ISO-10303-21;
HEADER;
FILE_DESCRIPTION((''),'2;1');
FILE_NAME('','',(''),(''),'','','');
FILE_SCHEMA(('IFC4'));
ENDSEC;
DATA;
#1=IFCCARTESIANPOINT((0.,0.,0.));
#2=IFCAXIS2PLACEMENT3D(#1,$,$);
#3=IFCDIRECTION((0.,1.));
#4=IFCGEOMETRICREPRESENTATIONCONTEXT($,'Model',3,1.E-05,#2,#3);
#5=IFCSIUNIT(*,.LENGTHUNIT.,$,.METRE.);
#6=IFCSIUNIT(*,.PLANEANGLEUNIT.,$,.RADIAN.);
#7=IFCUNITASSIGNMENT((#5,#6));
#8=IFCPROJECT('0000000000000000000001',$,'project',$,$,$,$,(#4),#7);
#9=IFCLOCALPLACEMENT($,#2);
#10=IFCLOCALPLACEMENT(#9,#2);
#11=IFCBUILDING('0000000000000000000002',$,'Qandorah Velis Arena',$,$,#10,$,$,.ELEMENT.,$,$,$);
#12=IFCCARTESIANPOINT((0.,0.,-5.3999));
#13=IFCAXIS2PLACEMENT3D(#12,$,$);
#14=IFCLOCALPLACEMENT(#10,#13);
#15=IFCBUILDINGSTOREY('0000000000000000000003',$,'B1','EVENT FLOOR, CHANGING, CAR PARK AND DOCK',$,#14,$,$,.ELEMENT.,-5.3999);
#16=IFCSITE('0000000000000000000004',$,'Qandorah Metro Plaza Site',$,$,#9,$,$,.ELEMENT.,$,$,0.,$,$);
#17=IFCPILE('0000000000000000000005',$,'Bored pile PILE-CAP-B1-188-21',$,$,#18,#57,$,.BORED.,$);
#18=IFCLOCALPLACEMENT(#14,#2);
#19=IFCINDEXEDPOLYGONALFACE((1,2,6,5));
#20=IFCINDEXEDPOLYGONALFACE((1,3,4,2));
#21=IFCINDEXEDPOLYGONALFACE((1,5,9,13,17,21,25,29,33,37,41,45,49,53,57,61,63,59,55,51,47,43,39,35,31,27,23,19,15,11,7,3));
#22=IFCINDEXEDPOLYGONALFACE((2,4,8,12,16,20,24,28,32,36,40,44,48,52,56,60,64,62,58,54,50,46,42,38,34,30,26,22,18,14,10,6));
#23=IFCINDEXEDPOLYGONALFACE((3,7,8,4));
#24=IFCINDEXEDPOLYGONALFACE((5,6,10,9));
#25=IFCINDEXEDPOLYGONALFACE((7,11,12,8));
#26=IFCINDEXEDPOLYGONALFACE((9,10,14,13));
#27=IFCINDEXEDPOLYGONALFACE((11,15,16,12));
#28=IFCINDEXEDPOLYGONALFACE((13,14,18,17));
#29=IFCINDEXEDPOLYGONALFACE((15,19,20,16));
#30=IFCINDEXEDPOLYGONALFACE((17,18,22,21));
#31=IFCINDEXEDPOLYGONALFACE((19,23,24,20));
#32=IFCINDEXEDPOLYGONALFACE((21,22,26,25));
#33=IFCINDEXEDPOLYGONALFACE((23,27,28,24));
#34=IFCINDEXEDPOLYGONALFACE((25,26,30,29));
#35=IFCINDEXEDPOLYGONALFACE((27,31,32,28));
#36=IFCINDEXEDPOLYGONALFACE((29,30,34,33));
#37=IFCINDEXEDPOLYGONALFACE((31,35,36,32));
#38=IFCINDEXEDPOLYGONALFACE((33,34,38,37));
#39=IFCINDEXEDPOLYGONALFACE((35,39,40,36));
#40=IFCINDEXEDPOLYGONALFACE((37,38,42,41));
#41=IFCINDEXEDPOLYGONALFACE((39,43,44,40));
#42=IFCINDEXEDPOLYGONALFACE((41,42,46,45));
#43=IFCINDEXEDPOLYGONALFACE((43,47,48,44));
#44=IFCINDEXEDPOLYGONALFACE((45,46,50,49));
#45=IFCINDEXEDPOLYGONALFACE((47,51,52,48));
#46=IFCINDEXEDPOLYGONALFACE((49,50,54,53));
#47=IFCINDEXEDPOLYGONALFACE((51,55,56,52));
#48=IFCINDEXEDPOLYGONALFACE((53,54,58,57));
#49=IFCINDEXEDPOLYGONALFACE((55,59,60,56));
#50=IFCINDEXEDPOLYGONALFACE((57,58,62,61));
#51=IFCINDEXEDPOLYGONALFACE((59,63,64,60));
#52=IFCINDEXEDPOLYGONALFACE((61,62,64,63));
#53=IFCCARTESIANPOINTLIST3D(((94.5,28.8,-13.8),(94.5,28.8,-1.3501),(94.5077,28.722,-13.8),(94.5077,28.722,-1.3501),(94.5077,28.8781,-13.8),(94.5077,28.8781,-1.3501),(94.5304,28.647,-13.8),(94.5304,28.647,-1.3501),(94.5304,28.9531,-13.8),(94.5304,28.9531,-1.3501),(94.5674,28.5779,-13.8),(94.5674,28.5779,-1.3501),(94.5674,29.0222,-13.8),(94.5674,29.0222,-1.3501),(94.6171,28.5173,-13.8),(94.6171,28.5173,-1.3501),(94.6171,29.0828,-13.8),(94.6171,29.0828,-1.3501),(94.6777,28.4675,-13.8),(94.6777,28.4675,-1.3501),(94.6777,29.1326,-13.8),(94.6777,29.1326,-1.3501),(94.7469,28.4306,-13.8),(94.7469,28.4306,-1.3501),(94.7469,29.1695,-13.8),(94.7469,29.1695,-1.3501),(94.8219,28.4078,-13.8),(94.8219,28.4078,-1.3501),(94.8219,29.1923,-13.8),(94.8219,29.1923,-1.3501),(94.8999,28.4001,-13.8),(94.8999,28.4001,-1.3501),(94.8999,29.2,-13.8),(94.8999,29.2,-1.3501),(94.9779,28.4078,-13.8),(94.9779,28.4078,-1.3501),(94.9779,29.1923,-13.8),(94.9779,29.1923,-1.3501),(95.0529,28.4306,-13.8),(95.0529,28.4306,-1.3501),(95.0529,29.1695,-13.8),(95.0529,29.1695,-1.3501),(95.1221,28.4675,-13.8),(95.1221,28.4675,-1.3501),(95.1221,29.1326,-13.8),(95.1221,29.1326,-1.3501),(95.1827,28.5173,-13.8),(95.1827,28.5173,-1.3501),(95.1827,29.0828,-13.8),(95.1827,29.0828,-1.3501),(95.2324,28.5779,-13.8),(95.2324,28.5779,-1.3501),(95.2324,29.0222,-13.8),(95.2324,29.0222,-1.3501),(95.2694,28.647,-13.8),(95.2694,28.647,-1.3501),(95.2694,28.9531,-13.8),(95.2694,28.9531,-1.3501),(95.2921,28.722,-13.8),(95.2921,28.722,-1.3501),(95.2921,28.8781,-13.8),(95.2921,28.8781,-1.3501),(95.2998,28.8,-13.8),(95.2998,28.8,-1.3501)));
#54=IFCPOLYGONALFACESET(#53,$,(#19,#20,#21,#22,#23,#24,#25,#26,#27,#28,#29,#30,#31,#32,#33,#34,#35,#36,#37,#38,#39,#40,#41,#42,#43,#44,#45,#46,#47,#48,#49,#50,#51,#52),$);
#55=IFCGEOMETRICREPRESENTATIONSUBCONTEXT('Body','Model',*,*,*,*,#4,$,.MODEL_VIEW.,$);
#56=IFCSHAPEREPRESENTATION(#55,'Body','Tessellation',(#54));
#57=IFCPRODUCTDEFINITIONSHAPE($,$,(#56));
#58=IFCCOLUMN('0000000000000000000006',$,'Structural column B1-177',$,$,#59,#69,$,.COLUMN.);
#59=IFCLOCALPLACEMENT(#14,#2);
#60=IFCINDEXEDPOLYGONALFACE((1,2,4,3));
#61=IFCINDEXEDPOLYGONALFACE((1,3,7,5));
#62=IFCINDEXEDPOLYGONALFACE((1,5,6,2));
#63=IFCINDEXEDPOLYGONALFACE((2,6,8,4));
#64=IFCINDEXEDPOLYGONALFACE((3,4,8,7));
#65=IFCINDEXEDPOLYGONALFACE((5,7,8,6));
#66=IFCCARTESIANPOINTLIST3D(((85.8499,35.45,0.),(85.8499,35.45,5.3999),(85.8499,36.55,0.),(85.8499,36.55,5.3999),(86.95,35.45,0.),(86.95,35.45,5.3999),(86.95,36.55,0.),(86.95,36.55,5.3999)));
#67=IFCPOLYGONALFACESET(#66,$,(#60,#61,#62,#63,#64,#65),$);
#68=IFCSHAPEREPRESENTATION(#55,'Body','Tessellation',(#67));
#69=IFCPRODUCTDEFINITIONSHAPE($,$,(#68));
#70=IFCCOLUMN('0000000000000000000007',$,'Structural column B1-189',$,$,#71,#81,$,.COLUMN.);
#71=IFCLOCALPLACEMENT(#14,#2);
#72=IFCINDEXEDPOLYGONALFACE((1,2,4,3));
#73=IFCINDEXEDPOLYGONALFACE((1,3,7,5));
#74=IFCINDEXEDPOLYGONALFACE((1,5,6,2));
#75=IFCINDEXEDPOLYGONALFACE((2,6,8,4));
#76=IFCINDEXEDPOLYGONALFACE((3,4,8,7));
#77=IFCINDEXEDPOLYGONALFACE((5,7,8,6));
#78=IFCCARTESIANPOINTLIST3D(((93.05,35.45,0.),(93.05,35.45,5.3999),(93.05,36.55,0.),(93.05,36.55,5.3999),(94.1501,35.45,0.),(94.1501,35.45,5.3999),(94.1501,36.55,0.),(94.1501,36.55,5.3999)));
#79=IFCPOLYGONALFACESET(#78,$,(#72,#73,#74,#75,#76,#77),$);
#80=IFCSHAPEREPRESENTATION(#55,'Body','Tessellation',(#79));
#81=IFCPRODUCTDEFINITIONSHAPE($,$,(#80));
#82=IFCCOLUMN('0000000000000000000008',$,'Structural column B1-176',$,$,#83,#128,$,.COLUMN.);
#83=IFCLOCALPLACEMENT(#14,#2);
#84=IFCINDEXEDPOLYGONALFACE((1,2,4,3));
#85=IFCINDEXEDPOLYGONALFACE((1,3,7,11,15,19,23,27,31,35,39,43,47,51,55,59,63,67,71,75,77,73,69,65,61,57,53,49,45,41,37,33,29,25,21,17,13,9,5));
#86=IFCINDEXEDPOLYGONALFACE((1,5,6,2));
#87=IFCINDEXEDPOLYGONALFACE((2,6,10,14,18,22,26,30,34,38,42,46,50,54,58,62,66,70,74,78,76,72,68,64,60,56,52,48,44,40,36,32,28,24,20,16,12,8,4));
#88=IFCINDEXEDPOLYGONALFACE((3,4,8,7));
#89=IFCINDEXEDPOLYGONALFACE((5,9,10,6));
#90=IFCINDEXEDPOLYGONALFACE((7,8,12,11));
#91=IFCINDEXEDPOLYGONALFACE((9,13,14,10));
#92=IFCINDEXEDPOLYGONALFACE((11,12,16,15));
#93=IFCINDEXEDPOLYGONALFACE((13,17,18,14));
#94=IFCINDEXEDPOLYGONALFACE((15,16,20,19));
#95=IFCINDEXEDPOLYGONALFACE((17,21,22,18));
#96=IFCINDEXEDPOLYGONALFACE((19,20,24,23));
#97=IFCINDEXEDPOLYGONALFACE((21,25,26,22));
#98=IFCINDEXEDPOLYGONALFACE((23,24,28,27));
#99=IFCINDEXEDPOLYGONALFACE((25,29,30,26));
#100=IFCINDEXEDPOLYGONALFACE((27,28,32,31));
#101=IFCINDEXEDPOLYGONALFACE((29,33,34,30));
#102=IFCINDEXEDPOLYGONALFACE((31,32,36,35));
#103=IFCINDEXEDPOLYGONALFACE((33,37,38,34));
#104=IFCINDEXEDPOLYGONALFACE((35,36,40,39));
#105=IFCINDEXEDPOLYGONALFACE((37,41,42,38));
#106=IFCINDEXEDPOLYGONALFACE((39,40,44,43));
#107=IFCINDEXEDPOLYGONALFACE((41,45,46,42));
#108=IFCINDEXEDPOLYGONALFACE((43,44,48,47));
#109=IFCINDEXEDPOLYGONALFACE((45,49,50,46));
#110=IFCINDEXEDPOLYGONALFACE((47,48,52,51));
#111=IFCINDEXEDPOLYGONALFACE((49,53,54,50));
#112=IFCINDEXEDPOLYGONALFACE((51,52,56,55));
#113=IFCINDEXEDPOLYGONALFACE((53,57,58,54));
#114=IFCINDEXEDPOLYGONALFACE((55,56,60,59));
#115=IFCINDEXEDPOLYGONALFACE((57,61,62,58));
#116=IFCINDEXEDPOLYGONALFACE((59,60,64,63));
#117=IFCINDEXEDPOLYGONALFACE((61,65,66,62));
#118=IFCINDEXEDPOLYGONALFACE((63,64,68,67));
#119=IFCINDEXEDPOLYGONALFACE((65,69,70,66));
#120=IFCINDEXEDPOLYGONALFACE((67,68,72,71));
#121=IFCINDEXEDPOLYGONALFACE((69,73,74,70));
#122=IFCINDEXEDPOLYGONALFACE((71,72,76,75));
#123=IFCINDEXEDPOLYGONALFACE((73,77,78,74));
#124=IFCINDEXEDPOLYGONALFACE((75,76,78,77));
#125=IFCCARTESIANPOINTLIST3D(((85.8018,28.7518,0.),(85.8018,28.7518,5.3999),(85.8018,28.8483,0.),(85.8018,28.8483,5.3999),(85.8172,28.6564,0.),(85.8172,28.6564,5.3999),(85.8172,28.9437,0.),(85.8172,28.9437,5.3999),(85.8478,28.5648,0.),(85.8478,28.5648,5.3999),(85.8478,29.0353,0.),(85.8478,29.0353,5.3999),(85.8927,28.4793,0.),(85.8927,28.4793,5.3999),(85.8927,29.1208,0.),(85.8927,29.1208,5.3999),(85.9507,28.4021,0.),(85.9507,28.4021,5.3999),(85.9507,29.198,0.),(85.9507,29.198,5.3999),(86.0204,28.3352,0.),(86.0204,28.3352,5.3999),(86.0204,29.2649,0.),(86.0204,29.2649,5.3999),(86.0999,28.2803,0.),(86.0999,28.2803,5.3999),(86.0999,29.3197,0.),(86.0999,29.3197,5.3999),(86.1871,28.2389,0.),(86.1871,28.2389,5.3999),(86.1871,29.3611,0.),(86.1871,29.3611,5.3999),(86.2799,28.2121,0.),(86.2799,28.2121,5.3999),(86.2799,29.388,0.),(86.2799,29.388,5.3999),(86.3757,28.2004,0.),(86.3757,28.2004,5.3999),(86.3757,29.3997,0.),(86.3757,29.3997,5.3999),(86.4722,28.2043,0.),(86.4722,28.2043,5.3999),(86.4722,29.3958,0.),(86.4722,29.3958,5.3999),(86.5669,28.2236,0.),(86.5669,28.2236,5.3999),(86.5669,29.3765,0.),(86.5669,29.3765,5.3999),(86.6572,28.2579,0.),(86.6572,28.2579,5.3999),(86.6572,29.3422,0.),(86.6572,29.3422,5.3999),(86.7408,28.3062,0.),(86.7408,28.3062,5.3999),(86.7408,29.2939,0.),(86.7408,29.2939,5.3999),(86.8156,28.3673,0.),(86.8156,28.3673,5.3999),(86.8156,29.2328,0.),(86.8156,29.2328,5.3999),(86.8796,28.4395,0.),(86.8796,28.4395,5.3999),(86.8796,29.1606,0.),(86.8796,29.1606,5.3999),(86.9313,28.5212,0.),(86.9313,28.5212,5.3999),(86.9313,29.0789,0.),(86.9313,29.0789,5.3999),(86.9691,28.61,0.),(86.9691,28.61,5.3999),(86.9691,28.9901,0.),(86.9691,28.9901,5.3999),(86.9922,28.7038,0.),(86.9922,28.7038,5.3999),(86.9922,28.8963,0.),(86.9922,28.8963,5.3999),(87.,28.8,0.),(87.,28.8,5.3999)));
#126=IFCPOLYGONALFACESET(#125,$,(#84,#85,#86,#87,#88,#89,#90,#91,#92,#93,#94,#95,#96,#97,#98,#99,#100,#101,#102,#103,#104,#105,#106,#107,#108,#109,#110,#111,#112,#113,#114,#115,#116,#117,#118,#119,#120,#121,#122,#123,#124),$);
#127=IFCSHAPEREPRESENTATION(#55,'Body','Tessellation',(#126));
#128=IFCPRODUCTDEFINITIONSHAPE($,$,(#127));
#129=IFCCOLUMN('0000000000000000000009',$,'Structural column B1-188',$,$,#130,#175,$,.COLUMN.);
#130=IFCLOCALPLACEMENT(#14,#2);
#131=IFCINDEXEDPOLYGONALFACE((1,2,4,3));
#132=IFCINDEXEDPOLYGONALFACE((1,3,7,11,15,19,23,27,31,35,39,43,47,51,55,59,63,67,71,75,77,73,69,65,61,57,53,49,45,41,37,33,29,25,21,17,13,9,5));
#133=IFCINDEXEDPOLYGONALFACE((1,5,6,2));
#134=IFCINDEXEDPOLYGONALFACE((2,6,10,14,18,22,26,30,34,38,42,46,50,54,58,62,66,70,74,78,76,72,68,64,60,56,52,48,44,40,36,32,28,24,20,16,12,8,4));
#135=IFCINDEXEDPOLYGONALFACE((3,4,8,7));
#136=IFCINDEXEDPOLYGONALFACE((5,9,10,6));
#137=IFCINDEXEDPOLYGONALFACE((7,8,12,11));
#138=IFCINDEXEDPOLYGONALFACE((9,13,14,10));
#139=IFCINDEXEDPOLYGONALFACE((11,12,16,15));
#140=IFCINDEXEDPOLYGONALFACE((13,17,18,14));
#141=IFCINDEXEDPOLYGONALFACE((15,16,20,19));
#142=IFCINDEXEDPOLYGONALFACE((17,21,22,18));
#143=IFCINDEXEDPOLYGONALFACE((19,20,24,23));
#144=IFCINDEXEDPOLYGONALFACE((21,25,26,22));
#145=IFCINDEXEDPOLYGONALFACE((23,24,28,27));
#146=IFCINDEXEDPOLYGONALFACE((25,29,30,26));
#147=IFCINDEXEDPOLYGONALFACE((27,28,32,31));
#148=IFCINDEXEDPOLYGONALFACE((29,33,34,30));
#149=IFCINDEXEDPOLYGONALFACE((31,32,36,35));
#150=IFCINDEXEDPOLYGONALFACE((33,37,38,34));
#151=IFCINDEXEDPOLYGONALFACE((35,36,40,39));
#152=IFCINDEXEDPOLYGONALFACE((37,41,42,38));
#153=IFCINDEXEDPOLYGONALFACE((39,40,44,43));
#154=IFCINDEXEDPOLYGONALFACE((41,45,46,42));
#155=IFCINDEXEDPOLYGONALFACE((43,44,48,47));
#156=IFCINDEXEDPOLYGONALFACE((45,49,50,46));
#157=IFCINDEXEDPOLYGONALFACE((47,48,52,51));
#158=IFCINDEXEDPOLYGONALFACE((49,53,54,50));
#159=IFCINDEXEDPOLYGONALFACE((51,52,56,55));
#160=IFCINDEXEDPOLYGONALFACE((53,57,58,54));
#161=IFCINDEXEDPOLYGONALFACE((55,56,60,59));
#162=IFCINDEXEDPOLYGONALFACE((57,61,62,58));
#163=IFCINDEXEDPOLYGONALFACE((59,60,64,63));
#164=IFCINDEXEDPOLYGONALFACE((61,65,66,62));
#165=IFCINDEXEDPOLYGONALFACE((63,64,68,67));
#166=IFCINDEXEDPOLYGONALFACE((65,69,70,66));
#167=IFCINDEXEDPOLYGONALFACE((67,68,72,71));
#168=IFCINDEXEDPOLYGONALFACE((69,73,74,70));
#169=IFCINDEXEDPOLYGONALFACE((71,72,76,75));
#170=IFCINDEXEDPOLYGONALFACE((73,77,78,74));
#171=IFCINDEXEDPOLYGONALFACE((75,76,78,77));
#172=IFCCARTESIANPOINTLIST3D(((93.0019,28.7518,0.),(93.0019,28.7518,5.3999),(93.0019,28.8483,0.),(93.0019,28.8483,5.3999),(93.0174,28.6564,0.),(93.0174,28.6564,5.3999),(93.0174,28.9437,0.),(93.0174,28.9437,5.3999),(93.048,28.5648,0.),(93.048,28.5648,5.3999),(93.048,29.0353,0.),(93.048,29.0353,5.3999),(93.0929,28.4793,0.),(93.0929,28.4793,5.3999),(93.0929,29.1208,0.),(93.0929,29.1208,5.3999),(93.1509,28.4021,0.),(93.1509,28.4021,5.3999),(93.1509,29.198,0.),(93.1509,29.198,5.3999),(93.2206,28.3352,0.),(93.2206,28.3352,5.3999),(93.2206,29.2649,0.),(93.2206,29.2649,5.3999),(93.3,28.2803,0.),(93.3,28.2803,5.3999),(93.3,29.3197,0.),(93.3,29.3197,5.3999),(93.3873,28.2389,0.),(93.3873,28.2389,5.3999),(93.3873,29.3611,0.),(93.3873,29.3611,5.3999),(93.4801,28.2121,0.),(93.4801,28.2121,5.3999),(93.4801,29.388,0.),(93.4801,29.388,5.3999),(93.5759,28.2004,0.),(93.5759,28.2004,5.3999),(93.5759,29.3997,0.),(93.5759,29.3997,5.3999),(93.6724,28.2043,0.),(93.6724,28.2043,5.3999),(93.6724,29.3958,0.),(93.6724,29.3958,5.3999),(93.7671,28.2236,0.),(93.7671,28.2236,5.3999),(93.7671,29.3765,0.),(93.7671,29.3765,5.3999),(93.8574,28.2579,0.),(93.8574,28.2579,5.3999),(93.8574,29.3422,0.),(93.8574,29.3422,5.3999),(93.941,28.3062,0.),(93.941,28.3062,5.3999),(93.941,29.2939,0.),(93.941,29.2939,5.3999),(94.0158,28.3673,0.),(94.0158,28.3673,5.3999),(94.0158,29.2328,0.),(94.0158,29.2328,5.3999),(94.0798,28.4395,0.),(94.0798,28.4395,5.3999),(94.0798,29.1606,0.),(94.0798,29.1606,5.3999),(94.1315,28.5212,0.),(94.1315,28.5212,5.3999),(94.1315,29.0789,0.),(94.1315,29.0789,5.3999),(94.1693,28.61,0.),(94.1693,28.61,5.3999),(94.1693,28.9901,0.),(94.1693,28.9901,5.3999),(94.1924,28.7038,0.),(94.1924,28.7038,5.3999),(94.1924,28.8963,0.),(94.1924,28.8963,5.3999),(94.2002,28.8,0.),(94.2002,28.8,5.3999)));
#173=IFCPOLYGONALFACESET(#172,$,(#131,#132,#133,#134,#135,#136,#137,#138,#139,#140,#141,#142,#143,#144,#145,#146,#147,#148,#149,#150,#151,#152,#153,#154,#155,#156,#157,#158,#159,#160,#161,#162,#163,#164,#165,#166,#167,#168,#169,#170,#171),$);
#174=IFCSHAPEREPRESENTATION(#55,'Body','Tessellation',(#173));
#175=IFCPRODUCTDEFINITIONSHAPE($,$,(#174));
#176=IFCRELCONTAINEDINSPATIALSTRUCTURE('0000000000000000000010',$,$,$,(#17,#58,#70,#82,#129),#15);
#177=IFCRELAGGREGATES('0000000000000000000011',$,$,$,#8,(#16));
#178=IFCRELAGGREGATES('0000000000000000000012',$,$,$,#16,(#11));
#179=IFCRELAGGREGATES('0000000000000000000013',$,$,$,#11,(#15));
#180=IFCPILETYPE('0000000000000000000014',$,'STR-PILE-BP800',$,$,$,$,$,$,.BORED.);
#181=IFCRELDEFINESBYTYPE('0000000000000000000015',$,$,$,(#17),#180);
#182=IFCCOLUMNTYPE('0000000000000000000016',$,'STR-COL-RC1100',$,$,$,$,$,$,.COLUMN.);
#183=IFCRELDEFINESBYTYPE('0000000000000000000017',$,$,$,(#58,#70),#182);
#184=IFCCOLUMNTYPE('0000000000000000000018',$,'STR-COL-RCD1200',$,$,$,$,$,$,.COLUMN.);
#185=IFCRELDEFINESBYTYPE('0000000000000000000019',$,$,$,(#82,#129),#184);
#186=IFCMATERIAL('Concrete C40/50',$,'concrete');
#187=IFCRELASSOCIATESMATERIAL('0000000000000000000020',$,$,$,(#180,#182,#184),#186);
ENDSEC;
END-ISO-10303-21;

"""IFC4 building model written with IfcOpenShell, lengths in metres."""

from ifc_helpers import new_model, si_unit, direction, frame, origin, origin_2d, place, context, subcontext, project, spatial, rectangle, circle, extrude, material, material_profile, profile_set, type_object, element, save


model = new_model("IFC4")

# Units and contexts
model_context = context("Model", 3, precision=1e-05, world=origin(), true_north=direction((0.0, 1.0)))
body_context = subcontext(model_context, "Body", "Model", "MODEL_VIEW")
ifc_project = project(units=[si_unit("LENGTHUNIT", "METRE"), si_unit("PLANEANGLEUNIT", "RADIAN")], contexts=[model_context])

# Site, building, storey
site_placement = place(None, origin())
site = spatial("IfcSite", under=ifc_project, at=site_placement, Name="Qandorah Metro Plaza Site", CompositionType="ELEMENT", RefElevation=0.0)
building_placement = place(site_placement, origin())
building = spatial("IfcBuilding", under=site, at=building_placement, Name="Qandorah Velis Arena", CompositionType="ELEMENT")
storey_placement = place(building_placement, frame((0.0, 0.0, -5.3999)))
storey = spatial("IfcBuildingStorey", under=building, at=storey_placement, Name="B1", Description="EVENT FLOOR, CHANGING, CAR PARK AND DOCK", CompositionType="ELEMENT", Elevation=-5.3999)

# Shared definitions
ifc_material_1 = material(Name="Concrete C40/50", Category="concrete")

# Pile
ifc_material_profile_1 = material_profile(ifc_material_1, circle(Radius=0.3999, at=origin_2d()), Name="BORED PILE D800")
ifc_profile_set_1 = profile_set([ifc_material_profile_1], Name="Concrete C40/50")
pile_type_1 = type_object("IfcPileType", Name="STR-PILE-BP800", PredefinedType="BORED", material=ifc_profile_set_1)
for number, where, z_axis, x_axis, name in (
    (1, (94.8999, 28.8, -1.3501), (0.0, 0.0, -1.0), (1.0, 0.0, 0.0), "Bored pile PILE-CAP-B1-188-21"),
):
    element("IfcPile", number, at=place(storey_placement, frame(where, z_axis=z_axis, x_axis=x_axis)), inside=storey, type_object=pile_type_1, Name=name, PredefinedType="BORED", context=body_context, shape_type="SweptSolid", body=[
        extrude(circle(Radius=0.3999, at=origin_2d()), origin(), (0.0, 0.0, 1.0), 12.45),
    ])

# Columns
ifc_material_profile_2 = material_profile(ifc_material_1, rectangle(XDim=1.1001, YDim=1.1001, at=origin_2d()), Name="RC COL 1100x1100")
ifc_profile_set_2 = profile_set([ifc_material_profile_2], Name="Concrete C40/50")
column_type_1 = type_object("IfcColumnType", Name="STR-COL-RC1100", PredefinedType="COLUMN", material=ifc_profile_set_2)
for number, where, z_axis, x_axis, name in (
    (2, (86.3999, 36.0, 0.0), (0.0, 0.0, 1.0), (1.0, 0.0, 0.0), "Structural column B1-177"),
    (3, (93.6001, 36.0, 0.0), (0.0, 0.0, 1.0), (1.0, 0.0, 0.0), "Structural column B1-189"),
):
    element("IfcColumn", number, at=place(storey_placement, frame(where, z_axis=z_axis, x_axis=x_axis)), inside=storey, type_object=column_type_1, Name=name, PredefinedType="COLUMN", context=body_context, shape_type="SweptSolid", body=[
        extrude(rectangle(XDim=1.1001, YDim=1.1001, at=origin_2d()), origin(), (0.0, 0.0, 1.0), 5.3999),
    ])
ifc_material_profile_3 = material_profile(ifc_material_1, circle(Radius=0.6001, at=origin_2d()), Name="RC D1200")
ifc_profile_set_3 = profile_set([ifc_material_profile_3], Name="Concrete C40/50")
column_type_2 = type_object("IfcColumnType", Name="STR-COL-RCD1200", PredefinedType="COLUMN", material=ifc_profile_set_3)
for number, where, z_axis, x_axis, name in (
    (4, (86.3999, 28.8, 0.0), (0.0, 0.0, 1.0), (1.0, 0.0, 0.0), "Structural column B1-176"),
    (5, (93.6001, 28.8, 0.0), (0.0, 0.0, 1.0), (1.0, 0.0, 0.0), "Structural column B1-188"),
):
    element("IfcColumn", number, at=place(storey_placement, frame(where, z_axis=z_axis, x_axis=x_axis)), inside=storey, type_object=column_type_2, Name=name, PredefinedType="COLUMN", context=body_context, shape_type="SweptSolid", body=[
        extrude(circle(Radius=0.6001, at=origin_2d()), origin(), (0.0, 0.0, 1.0), 5.3999),
    ])

save(model, "model.ifc")
